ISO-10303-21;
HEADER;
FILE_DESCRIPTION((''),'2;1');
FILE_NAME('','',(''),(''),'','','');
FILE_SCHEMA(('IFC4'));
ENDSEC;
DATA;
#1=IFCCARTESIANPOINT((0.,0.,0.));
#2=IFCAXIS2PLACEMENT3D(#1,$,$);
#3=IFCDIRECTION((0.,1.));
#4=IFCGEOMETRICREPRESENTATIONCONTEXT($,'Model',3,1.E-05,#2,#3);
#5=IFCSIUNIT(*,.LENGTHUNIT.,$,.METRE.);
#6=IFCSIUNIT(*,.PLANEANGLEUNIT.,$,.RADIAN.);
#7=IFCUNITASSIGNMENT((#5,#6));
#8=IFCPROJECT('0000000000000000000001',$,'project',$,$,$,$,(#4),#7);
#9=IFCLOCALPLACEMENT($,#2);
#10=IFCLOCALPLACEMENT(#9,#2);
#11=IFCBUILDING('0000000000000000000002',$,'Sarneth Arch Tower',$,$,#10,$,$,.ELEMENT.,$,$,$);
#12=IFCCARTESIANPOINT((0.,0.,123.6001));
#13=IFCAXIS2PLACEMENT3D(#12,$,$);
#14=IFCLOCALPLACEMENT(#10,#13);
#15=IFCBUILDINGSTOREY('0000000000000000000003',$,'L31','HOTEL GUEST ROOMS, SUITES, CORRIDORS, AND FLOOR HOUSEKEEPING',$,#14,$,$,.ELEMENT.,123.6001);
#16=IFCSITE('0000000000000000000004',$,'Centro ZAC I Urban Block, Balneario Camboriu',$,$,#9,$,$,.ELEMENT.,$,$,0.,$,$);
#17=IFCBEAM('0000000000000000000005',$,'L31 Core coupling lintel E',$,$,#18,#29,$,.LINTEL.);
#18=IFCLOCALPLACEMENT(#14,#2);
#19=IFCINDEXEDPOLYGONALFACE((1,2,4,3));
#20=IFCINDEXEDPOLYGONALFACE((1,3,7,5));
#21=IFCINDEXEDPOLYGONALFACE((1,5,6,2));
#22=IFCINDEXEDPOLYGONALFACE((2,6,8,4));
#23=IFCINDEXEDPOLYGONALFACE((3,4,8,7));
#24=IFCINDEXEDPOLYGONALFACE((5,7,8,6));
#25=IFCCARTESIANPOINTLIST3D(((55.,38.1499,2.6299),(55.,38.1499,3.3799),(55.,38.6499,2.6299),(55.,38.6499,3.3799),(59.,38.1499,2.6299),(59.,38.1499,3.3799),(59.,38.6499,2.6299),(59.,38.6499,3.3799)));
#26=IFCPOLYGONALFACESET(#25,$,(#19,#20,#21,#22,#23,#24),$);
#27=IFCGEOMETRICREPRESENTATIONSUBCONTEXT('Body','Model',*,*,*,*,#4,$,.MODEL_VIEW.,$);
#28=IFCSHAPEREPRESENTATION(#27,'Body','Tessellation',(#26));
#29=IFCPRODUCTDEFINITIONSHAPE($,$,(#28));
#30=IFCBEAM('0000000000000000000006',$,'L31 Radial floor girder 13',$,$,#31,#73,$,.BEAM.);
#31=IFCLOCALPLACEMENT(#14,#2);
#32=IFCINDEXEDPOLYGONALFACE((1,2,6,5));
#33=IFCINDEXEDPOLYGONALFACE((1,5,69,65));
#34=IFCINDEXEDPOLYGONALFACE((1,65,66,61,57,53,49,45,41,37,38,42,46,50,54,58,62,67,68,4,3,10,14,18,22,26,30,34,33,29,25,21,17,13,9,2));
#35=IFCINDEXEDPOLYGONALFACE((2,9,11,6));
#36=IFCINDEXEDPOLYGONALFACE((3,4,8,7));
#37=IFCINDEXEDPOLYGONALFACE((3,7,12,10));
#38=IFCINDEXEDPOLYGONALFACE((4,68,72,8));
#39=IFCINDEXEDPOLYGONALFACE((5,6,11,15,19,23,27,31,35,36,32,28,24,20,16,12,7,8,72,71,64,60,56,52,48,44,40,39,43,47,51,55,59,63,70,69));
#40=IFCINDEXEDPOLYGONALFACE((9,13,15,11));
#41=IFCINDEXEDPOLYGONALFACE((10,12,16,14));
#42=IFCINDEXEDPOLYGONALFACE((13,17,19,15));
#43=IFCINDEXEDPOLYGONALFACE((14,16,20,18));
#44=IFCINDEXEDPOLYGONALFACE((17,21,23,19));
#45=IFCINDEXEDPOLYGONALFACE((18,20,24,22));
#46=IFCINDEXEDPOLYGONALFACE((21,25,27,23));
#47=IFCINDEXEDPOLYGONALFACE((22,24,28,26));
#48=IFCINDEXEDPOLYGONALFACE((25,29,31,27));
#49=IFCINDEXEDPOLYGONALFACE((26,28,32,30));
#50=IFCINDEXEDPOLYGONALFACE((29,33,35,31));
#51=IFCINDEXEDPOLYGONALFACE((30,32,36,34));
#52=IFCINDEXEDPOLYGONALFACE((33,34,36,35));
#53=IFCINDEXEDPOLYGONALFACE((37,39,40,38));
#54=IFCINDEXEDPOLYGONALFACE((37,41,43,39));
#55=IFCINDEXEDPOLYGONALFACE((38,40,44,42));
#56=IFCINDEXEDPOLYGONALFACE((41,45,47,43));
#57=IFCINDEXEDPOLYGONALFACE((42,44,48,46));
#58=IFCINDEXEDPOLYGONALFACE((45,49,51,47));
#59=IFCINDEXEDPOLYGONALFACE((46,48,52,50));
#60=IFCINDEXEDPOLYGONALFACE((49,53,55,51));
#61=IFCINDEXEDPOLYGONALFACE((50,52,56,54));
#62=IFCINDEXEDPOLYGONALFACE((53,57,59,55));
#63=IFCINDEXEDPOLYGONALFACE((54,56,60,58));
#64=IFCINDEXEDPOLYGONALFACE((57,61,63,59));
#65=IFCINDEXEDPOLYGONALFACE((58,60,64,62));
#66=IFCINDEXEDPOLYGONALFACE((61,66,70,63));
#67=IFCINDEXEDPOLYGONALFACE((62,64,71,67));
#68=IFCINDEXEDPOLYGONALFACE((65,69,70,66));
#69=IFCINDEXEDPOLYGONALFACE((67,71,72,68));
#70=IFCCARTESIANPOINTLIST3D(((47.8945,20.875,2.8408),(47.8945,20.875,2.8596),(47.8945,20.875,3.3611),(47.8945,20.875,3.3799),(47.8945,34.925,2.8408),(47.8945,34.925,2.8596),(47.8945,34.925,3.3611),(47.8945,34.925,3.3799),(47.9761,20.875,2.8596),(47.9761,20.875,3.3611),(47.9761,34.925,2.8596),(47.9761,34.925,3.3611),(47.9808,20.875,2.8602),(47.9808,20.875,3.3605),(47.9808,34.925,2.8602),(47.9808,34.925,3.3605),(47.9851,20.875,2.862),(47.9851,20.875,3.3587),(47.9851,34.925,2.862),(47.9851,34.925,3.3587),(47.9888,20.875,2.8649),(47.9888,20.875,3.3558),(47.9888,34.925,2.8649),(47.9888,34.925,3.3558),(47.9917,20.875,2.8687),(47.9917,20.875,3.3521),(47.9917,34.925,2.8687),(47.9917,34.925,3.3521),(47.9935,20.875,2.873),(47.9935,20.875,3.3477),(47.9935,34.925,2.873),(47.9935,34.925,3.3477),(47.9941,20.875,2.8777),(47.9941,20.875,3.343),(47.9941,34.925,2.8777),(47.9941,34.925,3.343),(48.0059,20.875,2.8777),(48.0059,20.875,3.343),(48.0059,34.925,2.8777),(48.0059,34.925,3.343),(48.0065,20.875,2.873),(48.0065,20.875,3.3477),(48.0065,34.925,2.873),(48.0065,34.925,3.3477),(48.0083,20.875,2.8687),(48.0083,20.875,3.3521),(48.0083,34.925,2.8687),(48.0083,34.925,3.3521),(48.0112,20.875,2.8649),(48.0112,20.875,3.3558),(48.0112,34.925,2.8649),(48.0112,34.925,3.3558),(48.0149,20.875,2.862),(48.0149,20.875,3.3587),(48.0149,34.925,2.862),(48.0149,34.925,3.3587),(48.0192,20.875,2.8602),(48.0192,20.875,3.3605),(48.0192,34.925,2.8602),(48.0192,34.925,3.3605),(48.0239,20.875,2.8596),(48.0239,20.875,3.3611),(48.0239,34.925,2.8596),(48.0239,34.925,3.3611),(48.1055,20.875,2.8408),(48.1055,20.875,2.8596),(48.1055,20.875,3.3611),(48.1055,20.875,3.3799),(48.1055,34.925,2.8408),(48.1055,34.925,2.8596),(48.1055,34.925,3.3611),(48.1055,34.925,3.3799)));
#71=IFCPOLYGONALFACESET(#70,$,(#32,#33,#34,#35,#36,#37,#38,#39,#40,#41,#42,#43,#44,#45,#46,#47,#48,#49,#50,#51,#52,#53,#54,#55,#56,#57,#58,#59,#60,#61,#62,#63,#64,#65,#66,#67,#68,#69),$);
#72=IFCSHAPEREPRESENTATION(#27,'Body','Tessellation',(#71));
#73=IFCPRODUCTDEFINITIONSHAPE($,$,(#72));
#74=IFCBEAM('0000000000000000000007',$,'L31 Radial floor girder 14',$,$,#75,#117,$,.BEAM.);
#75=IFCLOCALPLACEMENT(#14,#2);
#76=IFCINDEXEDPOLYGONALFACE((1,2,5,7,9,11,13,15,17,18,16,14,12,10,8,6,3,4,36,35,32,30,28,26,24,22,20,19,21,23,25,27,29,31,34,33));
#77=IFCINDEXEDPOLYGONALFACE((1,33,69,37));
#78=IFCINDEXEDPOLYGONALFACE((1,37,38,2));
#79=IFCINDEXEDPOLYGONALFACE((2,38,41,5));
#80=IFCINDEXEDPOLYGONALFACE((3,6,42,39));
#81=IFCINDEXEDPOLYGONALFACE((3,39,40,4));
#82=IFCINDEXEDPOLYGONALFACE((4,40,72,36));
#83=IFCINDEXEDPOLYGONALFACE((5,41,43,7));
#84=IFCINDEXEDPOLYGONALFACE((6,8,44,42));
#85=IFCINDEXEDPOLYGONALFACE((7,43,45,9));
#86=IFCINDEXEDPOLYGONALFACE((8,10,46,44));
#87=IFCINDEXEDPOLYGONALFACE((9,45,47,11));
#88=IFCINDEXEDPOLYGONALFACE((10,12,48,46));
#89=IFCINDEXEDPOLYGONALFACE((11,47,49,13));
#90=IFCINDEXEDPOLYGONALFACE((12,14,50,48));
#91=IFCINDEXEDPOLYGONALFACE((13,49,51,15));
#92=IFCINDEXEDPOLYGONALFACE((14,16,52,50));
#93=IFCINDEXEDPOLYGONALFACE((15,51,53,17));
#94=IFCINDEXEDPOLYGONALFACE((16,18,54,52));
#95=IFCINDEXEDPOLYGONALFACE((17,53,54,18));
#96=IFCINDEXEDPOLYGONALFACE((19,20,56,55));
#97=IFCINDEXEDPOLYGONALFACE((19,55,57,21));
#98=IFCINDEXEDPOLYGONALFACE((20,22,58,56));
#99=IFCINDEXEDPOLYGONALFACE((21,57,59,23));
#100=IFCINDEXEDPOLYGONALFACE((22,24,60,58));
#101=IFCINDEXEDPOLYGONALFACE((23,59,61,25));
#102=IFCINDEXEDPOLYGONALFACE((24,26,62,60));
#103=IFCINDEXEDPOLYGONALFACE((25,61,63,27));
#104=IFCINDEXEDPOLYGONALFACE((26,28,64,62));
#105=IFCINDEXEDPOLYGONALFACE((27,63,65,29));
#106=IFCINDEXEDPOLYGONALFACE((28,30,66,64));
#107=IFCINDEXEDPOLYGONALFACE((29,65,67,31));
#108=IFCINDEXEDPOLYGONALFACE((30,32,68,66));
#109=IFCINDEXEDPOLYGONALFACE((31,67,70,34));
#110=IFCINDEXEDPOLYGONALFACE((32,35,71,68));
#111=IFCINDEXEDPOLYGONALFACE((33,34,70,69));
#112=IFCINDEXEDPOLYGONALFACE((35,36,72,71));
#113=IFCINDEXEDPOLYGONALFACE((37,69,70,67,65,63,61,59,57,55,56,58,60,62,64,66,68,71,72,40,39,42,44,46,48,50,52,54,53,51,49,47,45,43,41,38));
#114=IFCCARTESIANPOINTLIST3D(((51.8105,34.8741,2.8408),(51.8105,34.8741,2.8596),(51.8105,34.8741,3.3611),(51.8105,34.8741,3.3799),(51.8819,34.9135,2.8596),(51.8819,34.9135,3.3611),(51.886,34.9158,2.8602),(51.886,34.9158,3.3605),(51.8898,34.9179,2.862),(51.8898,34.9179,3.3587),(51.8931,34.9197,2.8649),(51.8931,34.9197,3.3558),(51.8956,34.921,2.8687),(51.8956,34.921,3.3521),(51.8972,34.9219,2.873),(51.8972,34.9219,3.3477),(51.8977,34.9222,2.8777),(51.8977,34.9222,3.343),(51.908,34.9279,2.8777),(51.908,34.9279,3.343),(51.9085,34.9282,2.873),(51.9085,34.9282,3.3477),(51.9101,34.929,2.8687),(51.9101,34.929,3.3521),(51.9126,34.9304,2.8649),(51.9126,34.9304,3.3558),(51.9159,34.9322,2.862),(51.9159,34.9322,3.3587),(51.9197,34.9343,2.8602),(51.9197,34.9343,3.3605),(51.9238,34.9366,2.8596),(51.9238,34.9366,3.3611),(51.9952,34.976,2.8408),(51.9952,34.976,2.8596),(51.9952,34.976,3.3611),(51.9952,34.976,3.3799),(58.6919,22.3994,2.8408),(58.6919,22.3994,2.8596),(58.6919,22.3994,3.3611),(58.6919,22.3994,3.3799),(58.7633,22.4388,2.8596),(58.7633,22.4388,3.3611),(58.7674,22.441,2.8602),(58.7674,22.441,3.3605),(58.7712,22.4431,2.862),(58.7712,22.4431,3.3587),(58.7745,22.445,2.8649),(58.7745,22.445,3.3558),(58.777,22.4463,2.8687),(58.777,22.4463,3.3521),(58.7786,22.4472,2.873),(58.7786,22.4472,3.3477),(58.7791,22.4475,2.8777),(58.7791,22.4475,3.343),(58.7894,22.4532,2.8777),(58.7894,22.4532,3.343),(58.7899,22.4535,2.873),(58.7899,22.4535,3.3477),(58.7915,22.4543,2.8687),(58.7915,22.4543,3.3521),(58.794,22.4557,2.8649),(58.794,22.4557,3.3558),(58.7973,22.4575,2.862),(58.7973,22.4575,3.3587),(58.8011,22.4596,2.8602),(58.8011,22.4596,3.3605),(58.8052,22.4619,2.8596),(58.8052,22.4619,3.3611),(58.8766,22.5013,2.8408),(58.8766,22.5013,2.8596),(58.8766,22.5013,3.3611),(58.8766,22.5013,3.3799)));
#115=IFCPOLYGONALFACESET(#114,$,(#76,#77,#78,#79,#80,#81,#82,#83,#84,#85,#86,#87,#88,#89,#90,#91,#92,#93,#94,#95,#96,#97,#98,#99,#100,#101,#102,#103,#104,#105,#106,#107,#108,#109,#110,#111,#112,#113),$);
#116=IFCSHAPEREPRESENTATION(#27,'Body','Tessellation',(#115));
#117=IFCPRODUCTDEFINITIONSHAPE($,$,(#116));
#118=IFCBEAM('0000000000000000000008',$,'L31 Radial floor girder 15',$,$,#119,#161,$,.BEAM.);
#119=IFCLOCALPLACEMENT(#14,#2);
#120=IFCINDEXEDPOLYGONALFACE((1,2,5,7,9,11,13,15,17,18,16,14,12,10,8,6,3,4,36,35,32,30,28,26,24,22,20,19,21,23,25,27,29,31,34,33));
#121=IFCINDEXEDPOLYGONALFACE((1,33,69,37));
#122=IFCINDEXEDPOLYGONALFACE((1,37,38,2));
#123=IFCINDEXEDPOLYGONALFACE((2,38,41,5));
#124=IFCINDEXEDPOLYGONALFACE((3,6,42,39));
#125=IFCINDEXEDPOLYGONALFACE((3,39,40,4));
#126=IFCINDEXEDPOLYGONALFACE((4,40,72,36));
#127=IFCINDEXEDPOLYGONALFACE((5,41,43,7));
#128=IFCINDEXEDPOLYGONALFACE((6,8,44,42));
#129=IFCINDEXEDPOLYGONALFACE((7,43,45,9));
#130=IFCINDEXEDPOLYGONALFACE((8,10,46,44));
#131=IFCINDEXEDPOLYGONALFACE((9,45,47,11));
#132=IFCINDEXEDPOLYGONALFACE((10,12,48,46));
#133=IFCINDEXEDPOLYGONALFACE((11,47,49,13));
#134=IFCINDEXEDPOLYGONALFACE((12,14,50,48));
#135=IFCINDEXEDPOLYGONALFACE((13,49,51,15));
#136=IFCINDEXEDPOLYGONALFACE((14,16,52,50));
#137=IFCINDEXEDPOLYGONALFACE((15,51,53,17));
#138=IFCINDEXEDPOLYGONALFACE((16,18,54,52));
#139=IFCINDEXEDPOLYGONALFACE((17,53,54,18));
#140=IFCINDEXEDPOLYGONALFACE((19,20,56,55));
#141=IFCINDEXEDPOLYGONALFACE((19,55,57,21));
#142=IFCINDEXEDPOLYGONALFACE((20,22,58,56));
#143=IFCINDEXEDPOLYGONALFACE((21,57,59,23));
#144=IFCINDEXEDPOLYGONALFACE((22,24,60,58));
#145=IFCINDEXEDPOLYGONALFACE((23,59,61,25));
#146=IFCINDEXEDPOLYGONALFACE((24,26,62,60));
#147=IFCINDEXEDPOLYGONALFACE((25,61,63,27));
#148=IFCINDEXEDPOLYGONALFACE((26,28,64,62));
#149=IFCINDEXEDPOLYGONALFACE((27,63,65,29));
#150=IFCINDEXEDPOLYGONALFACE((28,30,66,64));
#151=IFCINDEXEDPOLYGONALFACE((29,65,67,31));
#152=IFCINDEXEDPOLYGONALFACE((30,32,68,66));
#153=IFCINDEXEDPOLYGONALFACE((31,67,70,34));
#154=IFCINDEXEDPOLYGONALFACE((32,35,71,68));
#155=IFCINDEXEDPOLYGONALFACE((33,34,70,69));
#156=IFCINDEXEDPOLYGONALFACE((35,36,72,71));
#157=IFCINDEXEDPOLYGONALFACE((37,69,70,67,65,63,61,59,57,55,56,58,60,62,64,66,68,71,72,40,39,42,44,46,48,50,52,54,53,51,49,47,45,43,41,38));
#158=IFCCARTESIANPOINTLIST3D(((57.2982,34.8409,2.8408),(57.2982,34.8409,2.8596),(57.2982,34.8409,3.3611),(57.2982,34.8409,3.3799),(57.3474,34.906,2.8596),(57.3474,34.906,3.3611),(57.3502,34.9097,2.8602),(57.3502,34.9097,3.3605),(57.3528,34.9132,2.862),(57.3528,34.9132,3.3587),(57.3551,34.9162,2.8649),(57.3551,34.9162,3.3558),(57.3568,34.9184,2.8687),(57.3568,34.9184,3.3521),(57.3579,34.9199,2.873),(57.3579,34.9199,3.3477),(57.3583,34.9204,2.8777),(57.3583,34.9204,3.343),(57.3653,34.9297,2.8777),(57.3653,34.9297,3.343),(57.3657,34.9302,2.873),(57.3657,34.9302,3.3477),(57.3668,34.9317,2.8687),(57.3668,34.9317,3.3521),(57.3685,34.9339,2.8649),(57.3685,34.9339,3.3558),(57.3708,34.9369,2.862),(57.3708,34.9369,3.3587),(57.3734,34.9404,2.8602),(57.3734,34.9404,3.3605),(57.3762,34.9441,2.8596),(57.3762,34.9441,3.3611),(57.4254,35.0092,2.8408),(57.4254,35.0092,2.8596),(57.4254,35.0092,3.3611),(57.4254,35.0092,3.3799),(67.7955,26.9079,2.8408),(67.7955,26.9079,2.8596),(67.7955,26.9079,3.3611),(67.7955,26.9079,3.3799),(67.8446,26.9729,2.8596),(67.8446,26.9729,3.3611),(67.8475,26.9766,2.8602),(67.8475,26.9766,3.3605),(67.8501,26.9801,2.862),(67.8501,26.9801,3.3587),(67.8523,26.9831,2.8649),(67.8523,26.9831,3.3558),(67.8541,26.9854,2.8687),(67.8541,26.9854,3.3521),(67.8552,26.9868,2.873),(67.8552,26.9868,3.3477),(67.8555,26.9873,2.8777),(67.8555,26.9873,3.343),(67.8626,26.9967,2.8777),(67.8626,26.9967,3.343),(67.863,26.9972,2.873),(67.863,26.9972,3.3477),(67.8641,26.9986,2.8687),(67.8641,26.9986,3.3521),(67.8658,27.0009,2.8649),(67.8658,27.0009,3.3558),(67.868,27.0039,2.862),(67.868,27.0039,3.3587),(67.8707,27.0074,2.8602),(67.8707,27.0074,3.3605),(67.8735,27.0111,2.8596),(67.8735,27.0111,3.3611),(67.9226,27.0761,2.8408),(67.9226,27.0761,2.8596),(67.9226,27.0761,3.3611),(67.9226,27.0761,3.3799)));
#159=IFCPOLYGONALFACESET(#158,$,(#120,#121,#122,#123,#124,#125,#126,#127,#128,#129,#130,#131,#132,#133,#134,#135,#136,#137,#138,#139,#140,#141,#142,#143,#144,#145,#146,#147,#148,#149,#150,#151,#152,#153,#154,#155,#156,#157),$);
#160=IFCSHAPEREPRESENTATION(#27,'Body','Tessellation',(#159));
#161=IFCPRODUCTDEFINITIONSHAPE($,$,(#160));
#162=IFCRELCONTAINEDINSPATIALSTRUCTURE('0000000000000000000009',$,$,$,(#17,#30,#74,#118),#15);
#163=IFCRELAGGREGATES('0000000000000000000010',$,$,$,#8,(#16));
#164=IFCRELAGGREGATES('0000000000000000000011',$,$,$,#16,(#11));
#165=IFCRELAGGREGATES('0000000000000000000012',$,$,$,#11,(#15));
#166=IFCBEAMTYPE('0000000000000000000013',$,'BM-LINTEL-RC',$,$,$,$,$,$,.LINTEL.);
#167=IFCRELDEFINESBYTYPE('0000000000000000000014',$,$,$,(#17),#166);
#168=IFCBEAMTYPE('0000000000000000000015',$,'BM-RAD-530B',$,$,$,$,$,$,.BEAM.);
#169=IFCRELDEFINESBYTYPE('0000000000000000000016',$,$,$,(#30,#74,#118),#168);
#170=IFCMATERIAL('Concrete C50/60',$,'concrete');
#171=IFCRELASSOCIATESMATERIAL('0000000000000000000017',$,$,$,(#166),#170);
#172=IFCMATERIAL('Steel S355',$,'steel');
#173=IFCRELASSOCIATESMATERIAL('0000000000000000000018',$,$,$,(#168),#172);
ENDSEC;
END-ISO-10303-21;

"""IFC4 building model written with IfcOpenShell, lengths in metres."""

from ifc_helpers import new_model, si_unit, direction, frame, origin, origin_2d, place, context, subcontext, project, spatial, rectangle, i_section, extrude, material, material_profile, profile_set, type_object, element, save


model = new_model("IFC4")

# Units and contexts
model_context = context("Model", 3, precision=1e-05, world=origin(), true_north=direction((0.0, 1.0)))
body_context = subcontext(model_context, "Body", "Model", "MODEL_VIEW")
ifc_project = project(units=[si_unit("LENGTHUNIT", "METRE"), si_unit("PLANEANGLEUNIT", "RADIAN")], contexts=[model_context])

# Site, building, storey
site_placement = place(None, origin())
site = spatial("IfcSite", under=ifc_project, at=site_placement, Name="Centro ZAC I Urban Block, Balneario Camboriu", CompositionType="ELEMENT", RefElevation=0.0)
building_placement = place(site_placement, origin())
building = spatial("IfcBuilding", under=site, at=building_placement, Name="Sarneth Arch Tower", CompositionType="ELEMENT")
storey_placement = place(building_placement, frame((0.0, 0.0, 123.6001)))
storey = spatial("IfcBuildingStorey", under=building, at=storey_placement, Name="L31", Description="HOTEL GUEST ROOMS, SUITES, CORRIDORS, AND FLOOR HOUSEKEEPING", CompositionType="ELEMENT", Elevation=123.6001)

# Beams
ifc_material_1 = material(Name="Concrete C50/60", Category="concrete")
ifc_material_profile_1 = material_profile(ifc_material_1, rectangle(XDim=0.5, YDim=0.75, at=origin_2d()), Name="RC-500x750")
ifc_profile_set_1 = profile_set([ifc_material_profile_1], Name="Concrete C50/60")
beam_type_1 = type_object("IfcBeamType", Name="BM-LINTEL-RC", PredefinedType="LINTEL", material=ifc_profile_set_1)
beam_1_placement = place(storey_placement, frame((55.0, 38.3999, 3.0049), z_axis=(1.0, 0.0, 0.0), x_axis=(0.0, 1.0, 0.0)))
element("IfcBeam", 1, at=beam_1_placement, inside=storey, type_object=beam_type_1, Name="L31 Core coupling lintel E", PredefinedType="LINTEL", context=body_context, shape_type="SweptSolid", body=[
    extrude(rectangle(XDim=0.5, YDim=0.75, at=origin_2d()), origin(), (0.0, 0.0, 1.0), 4.0),
])
ifc_material_2 = material(Name="Steel S355", Category="steel")
ifc_material_profile_2 = material_profile(ifc_material_2, i_section(OverallWidth=0.2109, OverallDepth=0.5391, WebThickness=0.0117, FlangeThickness=0.0188, FilletRadius=0.0181, at=origin_2d()), Name="W530x109")
ifc_profile_set_2 = profile_set([ifc_material_profile_2], Name="Steel S355")
beam_type_2 = type_object("IfcBeamType", Name="BM-RAD-530B", PredefinedType="BEAM", material=ifc_profile_set_2)
beam_2_placement = place(storey_placement, frame((48.0, 34.925, 3.1104), z_axis=(0.0, -1.0, 0.0), x_axis=(1.0, 0.0, 0.0)))
element("IfcBeam", 2, at=beam_2_placement, inside=storey, type_object=beam_type_2, Name="L31 Radial floor girder 13", PredefinedType="BEAM", context=body_context, shape_type="SweptSolid", body=[
    extrude(i_section(OverallWidth=0.2109, OverallDepth=0.5391, WebThickness=0.0117, FlangeThickness=0.0188, FilletRadius=0.0181, at=origin_2d()), origin(), (0.0, 0.0, 1.0), 14.05),
])
beam_3_placement = place(storey_placement, frame((51.9028, 34.925, 3.1104), z_axis=(0.483013, -0.875613, 0.0), x_axis=(0.875613, 0.483013, 0.0)))
element("IfcBeam", 3, at=beam_3_placement, inside=storey, type_object=beam_type_2, Name="L31 Radial floor girder 14", PredefinedType="BEAM", context=body_context, shape_type="SweptSolid", body=[
    extrude(i_section(OverallWidth=0.2109, OverallDepth=0.5391, WebThickness=0.0117, FlangeThickness=0.0188, FilletRadius=0.0181, at=origin_2d()), origin(), (0.0, 0.0, 1.0), 14.2468),
])
beam_4_placement = place(storey_placement, frame((57.3618, 34.925, 3.1104), z_axis=(0.797801, -0.60292, 0.0), x_axis=(0.60292, 0.797801, 0.0)))
element("IfcBeam", 4, at=beam_4_placement, inside=storey, type_object=beam_type_2, Name="L31 Radial floor girder 15", PredefinedType="BEAM", context=body_context, shape_type="SweptSolid", body=[
    extrude(i_section(OverallWidth=0.2109, OverallDepth=0.5391, WebThickness=0.0117, FlangeThickness=0.0188, FilletRadius=0.0181, at=origin_2d()), origin(), (0.0, 0.0, 1.0), 13.1577),
])

save(model, "model.ifc")
